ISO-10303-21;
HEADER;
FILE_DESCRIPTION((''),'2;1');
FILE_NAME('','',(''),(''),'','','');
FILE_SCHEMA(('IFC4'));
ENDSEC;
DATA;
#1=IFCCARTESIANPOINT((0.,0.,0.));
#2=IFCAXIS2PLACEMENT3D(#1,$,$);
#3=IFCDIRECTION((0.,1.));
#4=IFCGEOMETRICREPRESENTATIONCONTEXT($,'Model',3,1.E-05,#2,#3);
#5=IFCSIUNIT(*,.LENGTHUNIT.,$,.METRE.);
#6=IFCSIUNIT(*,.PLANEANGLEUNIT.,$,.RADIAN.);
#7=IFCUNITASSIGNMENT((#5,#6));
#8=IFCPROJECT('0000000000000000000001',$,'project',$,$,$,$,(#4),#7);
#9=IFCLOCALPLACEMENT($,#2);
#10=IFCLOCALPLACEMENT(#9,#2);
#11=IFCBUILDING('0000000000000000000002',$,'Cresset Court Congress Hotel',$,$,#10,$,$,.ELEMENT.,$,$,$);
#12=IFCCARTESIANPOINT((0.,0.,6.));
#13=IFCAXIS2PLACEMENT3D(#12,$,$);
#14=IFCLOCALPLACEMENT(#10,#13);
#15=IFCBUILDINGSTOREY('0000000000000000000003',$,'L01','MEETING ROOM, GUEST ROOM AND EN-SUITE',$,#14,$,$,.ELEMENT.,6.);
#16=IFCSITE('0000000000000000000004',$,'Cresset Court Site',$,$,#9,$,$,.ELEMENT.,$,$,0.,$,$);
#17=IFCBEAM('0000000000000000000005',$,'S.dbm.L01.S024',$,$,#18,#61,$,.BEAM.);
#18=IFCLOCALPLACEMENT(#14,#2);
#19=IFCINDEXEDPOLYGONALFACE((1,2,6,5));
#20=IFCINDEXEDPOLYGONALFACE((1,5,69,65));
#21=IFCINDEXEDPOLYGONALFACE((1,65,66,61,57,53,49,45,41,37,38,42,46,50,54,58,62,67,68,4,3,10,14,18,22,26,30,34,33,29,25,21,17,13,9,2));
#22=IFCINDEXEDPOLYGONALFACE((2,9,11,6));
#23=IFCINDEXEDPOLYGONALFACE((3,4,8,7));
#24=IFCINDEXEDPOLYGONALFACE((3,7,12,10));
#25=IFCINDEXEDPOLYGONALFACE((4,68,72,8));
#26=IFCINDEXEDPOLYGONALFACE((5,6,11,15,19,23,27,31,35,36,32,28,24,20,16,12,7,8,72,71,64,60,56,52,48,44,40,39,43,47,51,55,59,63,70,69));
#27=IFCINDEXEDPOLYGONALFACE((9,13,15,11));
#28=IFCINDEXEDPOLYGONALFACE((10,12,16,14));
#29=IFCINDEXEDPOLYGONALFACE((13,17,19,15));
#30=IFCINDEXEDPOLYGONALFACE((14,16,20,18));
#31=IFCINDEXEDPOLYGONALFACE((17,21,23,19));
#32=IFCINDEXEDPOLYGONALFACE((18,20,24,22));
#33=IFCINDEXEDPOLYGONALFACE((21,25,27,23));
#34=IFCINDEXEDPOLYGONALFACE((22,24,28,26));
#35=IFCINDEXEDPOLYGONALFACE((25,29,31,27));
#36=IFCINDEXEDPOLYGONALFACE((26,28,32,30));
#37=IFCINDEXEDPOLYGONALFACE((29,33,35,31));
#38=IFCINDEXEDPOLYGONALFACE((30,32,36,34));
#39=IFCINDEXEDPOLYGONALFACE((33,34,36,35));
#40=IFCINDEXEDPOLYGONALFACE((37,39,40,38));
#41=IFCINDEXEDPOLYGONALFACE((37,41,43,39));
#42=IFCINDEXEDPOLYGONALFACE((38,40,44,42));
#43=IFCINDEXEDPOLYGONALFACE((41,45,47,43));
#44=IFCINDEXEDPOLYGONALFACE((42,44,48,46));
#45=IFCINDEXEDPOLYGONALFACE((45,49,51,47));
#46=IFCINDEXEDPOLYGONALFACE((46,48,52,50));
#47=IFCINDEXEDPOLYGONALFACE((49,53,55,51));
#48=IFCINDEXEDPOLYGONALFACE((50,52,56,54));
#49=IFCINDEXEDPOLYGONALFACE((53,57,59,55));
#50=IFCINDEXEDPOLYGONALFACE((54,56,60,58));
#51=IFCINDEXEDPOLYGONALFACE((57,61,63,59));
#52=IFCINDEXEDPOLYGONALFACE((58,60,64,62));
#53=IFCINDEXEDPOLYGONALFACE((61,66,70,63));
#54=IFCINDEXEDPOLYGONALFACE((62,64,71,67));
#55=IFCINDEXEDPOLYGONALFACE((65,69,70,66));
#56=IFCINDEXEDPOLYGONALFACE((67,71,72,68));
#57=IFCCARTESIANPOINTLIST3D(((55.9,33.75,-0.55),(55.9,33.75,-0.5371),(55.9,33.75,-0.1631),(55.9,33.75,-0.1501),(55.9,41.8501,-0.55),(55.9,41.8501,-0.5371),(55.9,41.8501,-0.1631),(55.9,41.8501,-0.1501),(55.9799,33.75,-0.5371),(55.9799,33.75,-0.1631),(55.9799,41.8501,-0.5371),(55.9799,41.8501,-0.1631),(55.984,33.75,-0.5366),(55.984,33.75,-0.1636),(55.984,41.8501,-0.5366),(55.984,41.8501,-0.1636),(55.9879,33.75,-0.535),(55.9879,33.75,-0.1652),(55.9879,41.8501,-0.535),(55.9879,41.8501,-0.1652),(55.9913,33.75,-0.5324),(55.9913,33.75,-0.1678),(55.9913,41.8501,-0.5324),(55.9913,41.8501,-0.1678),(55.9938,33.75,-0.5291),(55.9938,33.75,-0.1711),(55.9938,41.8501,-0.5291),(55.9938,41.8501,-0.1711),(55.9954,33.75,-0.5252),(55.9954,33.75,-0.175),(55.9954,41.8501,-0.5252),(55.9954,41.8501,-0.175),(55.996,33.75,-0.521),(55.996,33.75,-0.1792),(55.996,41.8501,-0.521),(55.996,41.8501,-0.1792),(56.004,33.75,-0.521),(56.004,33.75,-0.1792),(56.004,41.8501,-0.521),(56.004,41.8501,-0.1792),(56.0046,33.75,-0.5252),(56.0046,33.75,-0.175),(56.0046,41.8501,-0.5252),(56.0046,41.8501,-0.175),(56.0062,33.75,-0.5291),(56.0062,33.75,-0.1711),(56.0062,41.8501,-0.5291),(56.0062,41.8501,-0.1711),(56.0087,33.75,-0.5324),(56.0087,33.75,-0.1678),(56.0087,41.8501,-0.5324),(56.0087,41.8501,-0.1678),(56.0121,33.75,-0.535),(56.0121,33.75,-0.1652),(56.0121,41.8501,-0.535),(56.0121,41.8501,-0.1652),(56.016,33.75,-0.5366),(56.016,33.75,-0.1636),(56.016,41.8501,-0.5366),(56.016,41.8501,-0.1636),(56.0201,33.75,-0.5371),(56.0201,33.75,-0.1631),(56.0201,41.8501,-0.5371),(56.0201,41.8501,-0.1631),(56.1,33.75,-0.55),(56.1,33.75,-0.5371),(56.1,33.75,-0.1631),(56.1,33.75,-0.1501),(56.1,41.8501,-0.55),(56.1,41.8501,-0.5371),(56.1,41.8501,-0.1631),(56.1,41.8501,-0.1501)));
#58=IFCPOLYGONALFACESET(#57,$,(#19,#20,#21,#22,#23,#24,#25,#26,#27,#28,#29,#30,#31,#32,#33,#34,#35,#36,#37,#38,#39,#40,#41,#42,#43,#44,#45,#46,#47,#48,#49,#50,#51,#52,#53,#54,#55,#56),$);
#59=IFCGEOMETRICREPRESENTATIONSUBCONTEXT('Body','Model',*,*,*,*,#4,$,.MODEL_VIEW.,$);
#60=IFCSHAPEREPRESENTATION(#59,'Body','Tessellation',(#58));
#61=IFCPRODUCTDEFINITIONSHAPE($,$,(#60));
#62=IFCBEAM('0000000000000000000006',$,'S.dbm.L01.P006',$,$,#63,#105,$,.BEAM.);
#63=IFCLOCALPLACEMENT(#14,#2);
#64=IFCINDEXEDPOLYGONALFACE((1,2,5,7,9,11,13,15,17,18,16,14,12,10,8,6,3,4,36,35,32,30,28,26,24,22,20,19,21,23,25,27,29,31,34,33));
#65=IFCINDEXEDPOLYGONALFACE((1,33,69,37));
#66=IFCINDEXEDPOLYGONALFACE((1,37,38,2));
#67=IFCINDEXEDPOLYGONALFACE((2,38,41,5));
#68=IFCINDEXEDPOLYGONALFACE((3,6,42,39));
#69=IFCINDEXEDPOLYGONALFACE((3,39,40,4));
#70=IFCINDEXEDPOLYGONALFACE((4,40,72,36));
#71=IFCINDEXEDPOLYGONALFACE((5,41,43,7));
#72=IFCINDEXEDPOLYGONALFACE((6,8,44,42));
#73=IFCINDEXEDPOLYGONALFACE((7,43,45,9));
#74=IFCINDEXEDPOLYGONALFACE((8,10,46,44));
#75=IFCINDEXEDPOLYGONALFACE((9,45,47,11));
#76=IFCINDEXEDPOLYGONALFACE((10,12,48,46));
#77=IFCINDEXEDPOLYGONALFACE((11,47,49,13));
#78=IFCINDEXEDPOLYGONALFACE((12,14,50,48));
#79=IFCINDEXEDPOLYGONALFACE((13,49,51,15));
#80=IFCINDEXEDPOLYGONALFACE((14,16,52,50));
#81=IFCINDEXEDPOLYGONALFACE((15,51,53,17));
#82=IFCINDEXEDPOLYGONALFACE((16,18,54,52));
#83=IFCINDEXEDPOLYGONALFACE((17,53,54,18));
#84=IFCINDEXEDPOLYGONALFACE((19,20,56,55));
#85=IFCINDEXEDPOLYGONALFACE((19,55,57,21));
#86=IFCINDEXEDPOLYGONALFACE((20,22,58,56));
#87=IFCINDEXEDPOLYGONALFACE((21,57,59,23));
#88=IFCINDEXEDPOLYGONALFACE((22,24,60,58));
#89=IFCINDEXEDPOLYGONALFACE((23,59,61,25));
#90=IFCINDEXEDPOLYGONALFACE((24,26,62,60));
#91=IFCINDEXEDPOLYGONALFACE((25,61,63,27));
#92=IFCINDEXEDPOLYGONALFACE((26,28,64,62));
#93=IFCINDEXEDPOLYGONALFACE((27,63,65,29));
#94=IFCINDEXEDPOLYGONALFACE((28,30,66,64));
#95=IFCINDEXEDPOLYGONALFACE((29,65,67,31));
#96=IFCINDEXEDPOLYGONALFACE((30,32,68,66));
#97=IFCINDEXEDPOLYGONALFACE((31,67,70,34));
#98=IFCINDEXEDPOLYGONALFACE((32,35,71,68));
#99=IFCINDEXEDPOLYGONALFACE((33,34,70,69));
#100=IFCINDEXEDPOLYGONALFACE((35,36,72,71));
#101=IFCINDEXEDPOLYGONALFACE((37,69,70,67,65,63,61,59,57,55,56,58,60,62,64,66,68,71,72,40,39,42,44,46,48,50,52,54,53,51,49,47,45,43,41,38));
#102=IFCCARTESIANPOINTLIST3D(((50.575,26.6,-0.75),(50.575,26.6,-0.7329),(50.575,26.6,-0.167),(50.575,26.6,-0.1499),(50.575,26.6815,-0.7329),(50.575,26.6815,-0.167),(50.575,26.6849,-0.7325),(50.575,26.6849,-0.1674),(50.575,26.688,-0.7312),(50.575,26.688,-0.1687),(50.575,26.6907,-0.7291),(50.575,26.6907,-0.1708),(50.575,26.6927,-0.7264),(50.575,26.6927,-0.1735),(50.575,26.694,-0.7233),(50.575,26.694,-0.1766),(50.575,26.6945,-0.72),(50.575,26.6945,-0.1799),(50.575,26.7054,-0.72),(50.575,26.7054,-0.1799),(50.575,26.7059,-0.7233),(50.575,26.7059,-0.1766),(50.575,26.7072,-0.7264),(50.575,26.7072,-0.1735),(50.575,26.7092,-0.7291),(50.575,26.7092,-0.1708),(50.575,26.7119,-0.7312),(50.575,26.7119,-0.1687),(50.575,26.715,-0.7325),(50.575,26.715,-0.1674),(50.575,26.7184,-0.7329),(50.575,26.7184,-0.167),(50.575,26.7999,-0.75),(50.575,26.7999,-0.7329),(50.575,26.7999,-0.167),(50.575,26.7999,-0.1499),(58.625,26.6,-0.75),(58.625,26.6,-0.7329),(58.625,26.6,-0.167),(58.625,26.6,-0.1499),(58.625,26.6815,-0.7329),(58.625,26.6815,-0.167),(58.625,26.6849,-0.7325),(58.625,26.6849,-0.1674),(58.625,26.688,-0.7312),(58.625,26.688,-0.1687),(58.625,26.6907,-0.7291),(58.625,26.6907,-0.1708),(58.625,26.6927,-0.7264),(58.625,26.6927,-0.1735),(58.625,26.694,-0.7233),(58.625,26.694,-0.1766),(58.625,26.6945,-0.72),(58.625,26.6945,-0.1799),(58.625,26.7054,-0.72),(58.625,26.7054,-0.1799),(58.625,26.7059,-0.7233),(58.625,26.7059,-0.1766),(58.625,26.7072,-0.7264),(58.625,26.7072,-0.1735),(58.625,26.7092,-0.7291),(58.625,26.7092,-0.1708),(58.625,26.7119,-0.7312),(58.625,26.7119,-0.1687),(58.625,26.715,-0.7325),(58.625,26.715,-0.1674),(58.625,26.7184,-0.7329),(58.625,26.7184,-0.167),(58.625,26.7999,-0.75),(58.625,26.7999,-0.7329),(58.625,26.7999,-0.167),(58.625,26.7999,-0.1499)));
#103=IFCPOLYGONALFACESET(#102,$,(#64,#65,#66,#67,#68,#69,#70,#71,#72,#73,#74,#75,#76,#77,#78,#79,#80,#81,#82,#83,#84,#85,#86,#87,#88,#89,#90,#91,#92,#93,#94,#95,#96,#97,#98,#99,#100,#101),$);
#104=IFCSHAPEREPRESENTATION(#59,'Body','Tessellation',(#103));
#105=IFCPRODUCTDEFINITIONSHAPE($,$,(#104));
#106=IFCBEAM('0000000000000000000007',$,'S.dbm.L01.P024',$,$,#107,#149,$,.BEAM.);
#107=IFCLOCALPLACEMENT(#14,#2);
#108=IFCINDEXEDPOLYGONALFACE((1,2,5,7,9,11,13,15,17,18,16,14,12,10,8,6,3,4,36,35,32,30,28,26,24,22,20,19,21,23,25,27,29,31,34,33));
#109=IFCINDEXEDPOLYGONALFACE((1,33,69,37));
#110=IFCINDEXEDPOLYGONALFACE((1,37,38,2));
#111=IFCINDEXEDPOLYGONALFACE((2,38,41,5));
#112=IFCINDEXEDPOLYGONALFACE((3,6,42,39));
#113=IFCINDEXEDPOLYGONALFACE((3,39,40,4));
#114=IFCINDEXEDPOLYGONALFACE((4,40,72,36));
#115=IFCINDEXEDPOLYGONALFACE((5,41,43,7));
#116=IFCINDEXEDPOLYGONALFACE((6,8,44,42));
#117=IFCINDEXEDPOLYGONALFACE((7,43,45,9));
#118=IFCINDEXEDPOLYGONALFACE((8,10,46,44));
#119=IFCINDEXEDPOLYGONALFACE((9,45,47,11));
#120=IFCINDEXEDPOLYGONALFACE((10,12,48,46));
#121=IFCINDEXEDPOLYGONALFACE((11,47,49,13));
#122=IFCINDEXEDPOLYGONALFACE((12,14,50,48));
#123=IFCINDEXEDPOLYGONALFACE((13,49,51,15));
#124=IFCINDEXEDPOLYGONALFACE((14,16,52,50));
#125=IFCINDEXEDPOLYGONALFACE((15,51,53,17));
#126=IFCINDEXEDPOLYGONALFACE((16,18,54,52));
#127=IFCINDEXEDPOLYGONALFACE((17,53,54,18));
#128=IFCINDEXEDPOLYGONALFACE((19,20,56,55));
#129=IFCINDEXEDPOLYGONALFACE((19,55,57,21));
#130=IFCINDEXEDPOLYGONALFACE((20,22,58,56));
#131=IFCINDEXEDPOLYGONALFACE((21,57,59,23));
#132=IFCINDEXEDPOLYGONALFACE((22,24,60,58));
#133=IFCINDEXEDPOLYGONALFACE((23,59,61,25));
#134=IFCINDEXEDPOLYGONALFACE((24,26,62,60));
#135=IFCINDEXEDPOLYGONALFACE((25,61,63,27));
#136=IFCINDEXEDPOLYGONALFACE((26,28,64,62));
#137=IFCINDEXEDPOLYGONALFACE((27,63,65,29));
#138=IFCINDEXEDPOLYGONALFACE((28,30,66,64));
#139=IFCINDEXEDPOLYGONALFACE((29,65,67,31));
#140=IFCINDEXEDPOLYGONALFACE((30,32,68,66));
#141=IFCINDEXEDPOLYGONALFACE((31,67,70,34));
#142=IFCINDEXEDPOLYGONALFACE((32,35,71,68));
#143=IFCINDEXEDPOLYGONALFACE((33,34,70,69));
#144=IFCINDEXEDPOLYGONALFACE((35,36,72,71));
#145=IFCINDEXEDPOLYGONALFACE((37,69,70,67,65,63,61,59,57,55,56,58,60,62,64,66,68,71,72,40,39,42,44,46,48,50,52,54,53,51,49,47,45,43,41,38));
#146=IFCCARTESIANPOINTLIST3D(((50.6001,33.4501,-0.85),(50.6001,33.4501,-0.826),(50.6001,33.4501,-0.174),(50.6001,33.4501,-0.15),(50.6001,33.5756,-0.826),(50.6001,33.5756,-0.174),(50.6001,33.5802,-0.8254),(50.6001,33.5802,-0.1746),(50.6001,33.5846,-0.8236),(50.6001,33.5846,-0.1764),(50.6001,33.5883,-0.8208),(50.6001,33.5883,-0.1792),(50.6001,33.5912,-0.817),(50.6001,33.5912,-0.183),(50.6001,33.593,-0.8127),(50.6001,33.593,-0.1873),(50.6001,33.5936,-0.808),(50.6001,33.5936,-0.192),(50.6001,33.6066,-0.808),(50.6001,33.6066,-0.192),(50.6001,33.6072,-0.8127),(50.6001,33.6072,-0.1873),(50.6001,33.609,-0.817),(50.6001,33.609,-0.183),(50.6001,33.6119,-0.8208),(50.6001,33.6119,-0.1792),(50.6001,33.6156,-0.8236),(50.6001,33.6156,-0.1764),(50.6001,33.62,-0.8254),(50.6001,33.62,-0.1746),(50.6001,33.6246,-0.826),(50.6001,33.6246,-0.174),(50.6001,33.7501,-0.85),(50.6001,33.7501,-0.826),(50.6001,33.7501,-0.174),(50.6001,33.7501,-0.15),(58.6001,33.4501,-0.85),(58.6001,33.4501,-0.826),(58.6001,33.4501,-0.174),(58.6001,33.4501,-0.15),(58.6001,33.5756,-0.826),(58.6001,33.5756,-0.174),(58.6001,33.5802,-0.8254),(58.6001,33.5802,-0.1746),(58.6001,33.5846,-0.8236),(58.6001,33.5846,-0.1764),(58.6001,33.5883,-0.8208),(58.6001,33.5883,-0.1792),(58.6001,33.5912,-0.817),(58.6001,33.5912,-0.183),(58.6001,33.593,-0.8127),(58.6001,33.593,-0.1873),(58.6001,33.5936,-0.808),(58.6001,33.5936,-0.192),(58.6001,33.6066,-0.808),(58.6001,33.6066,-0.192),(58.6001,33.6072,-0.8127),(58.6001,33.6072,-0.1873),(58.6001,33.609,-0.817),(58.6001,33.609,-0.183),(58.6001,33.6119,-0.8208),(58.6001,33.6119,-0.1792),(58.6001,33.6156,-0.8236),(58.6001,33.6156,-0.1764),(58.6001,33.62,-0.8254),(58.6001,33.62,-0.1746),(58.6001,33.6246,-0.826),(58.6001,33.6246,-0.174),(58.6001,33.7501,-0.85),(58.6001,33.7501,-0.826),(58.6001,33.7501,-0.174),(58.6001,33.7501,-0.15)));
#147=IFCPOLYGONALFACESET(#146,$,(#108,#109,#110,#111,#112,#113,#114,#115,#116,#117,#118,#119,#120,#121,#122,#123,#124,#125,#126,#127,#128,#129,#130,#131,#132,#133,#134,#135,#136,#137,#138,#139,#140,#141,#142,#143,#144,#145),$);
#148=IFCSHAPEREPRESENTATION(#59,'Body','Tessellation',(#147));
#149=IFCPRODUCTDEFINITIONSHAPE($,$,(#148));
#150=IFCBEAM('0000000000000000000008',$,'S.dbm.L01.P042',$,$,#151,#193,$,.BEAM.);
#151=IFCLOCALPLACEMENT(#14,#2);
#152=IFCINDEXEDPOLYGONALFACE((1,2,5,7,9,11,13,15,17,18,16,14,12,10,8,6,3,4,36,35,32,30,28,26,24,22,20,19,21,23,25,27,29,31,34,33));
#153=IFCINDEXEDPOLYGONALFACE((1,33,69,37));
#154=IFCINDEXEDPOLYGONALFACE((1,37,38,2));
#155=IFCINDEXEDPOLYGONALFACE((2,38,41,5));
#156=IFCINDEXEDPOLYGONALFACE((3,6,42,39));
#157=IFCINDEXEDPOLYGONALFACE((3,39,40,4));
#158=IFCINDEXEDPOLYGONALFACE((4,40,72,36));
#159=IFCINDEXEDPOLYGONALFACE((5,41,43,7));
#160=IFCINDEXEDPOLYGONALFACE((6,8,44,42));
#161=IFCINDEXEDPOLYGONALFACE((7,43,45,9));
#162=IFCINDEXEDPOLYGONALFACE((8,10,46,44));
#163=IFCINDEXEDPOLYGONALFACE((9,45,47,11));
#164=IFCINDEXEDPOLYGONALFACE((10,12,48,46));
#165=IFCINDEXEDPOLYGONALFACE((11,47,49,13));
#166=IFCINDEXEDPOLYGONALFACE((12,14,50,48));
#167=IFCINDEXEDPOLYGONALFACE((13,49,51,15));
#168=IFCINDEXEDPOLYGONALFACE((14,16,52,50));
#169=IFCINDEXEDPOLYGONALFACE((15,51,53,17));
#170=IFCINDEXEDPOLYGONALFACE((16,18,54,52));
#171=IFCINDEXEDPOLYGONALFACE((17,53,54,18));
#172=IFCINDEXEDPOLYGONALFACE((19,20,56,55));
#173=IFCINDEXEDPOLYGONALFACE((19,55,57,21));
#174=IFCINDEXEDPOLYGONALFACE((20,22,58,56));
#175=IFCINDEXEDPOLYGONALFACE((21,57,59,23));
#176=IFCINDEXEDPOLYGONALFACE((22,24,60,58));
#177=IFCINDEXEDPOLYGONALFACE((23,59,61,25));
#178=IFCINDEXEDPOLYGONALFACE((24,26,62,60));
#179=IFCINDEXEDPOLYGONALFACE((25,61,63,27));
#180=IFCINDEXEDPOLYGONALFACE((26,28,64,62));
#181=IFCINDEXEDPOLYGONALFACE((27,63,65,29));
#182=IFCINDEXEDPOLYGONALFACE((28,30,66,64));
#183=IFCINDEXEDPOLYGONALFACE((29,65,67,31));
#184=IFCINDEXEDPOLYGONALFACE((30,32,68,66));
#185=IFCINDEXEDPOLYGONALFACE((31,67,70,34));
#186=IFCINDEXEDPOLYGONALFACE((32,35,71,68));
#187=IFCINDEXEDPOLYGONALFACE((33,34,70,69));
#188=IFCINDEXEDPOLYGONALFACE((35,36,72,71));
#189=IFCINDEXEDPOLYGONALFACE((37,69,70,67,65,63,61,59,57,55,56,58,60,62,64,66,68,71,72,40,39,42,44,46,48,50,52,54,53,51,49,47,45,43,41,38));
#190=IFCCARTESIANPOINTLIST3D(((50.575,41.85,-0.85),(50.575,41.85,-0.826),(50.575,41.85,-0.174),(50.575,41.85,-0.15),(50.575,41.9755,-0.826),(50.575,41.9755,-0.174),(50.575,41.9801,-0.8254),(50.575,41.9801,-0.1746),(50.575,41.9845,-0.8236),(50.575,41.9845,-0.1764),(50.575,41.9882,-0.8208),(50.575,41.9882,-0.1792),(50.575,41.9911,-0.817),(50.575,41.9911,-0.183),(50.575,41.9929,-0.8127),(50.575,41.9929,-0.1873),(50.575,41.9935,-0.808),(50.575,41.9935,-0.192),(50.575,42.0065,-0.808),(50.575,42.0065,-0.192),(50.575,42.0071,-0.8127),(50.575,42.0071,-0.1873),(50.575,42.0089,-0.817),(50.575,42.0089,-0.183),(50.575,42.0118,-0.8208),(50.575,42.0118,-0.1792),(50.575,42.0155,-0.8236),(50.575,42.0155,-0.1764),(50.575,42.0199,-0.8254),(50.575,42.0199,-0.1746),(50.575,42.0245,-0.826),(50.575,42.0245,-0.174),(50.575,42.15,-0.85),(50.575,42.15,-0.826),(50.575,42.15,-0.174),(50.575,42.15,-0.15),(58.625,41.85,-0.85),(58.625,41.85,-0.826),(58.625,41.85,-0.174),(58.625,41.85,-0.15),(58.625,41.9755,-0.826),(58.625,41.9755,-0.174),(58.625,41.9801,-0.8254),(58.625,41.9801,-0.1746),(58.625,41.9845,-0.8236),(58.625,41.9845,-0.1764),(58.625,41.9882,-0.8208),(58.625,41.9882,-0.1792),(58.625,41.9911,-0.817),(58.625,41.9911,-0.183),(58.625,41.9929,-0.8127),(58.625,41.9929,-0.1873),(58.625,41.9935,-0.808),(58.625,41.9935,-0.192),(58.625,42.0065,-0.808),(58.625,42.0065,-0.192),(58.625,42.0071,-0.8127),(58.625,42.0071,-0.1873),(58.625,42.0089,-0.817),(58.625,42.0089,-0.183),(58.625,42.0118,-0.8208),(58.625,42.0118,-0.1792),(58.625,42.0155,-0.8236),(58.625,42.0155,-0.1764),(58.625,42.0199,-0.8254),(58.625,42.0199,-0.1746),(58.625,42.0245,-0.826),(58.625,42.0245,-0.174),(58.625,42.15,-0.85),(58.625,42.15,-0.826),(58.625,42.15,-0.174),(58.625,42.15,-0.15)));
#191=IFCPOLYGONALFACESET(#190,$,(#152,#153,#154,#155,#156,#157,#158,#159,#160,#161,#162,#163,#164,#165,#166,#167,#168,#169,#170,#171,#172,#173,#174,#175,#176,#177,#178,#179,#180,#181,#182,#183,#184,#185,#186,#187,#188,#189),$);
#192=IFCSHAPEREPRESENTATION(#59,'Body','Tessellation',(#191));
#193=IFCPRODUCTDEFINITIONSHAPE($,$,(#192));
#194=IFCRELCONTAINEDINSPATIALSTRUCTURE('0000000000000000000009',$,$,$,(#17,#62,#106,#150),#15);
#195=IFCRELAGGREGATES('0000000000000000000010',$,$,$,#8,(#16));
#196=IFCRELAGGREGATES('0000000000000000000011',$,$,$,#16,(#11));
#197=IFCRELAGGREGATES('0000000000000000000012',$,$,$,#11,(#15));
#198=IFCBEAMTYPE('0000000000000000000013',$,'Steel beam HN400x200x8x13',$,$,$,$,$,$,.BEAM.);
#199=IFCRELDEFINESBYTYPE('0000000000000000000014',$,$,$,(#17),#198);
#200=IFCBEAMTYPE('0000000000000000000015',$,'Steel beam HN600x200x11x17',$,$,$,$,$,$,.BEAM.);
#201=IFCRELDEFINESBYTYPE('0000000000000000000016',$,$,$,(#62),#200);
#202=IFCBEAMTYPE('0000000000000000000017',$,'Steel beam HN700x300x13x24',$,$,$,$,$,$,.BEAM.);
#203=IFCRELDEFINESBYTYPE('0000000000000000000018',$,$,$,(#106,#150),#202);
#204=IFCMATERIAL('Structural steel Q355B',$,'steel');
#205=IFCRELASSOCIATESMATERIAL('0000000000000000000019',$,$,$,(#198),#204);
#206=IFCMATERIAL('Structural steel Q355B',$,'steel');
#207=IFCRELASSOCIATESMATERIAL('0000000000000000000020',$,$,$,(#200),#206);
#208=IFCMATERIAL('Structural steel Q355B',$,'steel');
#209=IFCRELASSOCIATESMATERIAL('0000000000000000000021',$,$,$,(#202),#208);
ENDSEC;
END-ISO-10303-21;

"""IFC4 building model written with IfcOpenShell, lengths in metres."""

from ifc_helpers import new_model, si_unit, direction, frame, origin, origin_2d, place, context, subcontext, project, spatial, i_section, extrude, material, material_profile, profile_set, type_object, element, save


model = new_model("IFC4")

# Units and contexts
model_context = context("Model", 3, precision=1e-05, world=origin(), true_north=direction((0.0, 1.0)))
body_context = subcontext(model_context, "Body", "Model", "MODEL_VIEW")
ifc_project = project(units=[si_unit("LENGTHUNIT", "METRE"), si_unit("PLANEANGLEUNIT", "RADIAN")], contexts=[model_context])

# Site, building, storey
site_placement = place(None, origin())
site = spatial("IfcSite", under=ifc_project, at=site_placement, Name="Cresset Court Site", CompositionType="ELEMENT", RefElevation=0.0)
building_placement = place(site_placement, origin())
building = spatial("IfcBuilding", under=site, at=building_placement, Name="Cresset Court Congress Hotel", CompositionType="ELEMENT")
storey_placement = place(building_placement, frame((0.0, 0.0, 6.0)))
storey = spatial("IfcBuildingStorey", under=building, at=storey_placement, Name="L01", Description="MEETING ROOM, GUEST ROOM AND EN-SUITE", CompositionType="ELEMENT", Elevation=6.0)

# Beams
ifc_material_1 = material(Name="Structural steel Q355B", Category="steel")
ifc_material_profile_1 = material_profile(ifc_material_1, i_section(OverallWidth=0.2, OverallDepth=0.3999, WebThickness=0.0081, FlangeThickness=0.0129, FilletRadius=0.0161, at=origin_2d()), Name="HN400x200x8x13")
ifc_profile_set_1 = profile_set([ifc_material_profile_1], Name="Structural steel Q355B")
beam_type_1 = type_object("IfcBeamType", Name="Steel beam HN400x200x8x13", PredefinedType="BEAM", material=ifc_profile_set_1)
beam_1_placement = place(storey_placement, frame((56.0, 33.75, -0.3501), z_axis=(0.0, 1.0, 0.0), x_axis=(-1.0, 0.0, 0.0)))
element("IfcBeam", 1, at=beam_1_placement, inside=storey, type_object=beam_type_1, Name="S.dbm.L01.S024", PredefinedType="BEAM", context=body_context, shape_type="SweptSolid", body=[
    extrude(i_section(OverallWidth=0.2, OverallDepth=0.3999, WebThickness=0.0081, FlangeThickness=0.0129, FilletRadius=0.0161, at=origin_2d()), origin(), (0.0, 0.0, 1.0), 8.1001),
])
ifc_material_2 = material(Name="Structural steel Q355B", Category="steel")
ifc_material_profile_2 = material_profile(ifc_material_2, i_section(OverallWidth=0.2, OverallDepth=0.6001, WebThickness=0.011, FlangeThickness=0.0171, FilletRadius=0.0129, at=origin_2d()), Name="HN600x200x11x17")
ifc_profile_set_2 = profile_set([ifc_material_profile_2], Name="Structural steel Q355B")
beam_type_2 = type_object("IfcBeamType", Name="Steel beam HN600x200x11x17", PredefinedType="BEAM", material=ifc_profile_set_2)
beam_2_placement = place(storey_placement, frame((50.575, 26.7, -0.45), z_axis=(1.0, 0.0, 0.0), x_axis=(0.0, 1.0, 0.0)))
element("IfcBeam", 2, at=beam_2_placement, inside=storey, type_object=beam_type_2, Name="S.dbm.L01.P006", PredefinedType="BEAM", context=body_context, shape_type="SweptSolid", body=[
    extrude(i_section(OverallWidth=0.2, OverallDepth=0.6001, WebThickness=0.011, FlangeThickness=0.0171, FilletRadius=0.0129, at=origin_2d()), origin(), (0.0, 0.0, 1.0), 8.05),
])
ifc_material_3 = material(Name="Structural steel Q355B", Category="steel")
ifc_material_profile_3 = material_profile(ifc_material_3, i_section(OverallWidth=0.3, OverallDepth=0.7, WebThickness=0.0129, FlangeThickness=0.0239, FilletRadius=0.0181, at=origin_2d()), Name="HN700x300x13x24")
ifc_profile_set_3 = profile_set([ifc_material_profile_3], Name="Structural steel Q355B")
beam_type_3 = type_object("IfcBeamType", Name="Steel beam HN700x300x13x24", PredefinedType="BEAM", material=ifc_profile_set_3)
beam_3_placement = place(storey_placement, frame((50.6001, 33.6001, -0.5), z_axis=(1.0, 0.0, 0.0), x_axis=(0.0, 1.0, 0.0)))
element("IfcBeam", 3, at=beam_3_placement, inside=storey, type_object=beam_type_3, Name="S.dbm.L01.P024", PredefinedType="BEAM", context=body_context, shape_type="SweptSolid", body=[
    extrude(i_section(OverallWidth=0.3, OverallDepth=0.7, WebThickness=0.0129, FlangeThickness=0.0239, FilletRadius=0.0181, at=origin_2d()), origin(), (0.0, 0.0, 1.0), 8.0),
])
beam_4_placement = place(storey_placement, frame((50.575, 42.0, -0.5), z_axis=(1.0, 0.0, 0.0), x_axis=(0.0, 1.0, 0.0)))
element("IfcBeam", 4, at=beam_4_placement, inside=storey, type_object=beam_type_3, Name="S.dbm.L01.P042", PredefinedType="BEAM", context=body_context, shape_type="SweptSolid", body=[
    extrude(i_section(OverallWidth=0.3, OverallDepth=0.7, WebThickness=0.0129, FlangeThickness=0.0239, FilletRadius=0.0181, at=origin_2d()), origin(), (0.0, 0.0, 1.0), 8.05),
])

save(model, "model.ifc")
